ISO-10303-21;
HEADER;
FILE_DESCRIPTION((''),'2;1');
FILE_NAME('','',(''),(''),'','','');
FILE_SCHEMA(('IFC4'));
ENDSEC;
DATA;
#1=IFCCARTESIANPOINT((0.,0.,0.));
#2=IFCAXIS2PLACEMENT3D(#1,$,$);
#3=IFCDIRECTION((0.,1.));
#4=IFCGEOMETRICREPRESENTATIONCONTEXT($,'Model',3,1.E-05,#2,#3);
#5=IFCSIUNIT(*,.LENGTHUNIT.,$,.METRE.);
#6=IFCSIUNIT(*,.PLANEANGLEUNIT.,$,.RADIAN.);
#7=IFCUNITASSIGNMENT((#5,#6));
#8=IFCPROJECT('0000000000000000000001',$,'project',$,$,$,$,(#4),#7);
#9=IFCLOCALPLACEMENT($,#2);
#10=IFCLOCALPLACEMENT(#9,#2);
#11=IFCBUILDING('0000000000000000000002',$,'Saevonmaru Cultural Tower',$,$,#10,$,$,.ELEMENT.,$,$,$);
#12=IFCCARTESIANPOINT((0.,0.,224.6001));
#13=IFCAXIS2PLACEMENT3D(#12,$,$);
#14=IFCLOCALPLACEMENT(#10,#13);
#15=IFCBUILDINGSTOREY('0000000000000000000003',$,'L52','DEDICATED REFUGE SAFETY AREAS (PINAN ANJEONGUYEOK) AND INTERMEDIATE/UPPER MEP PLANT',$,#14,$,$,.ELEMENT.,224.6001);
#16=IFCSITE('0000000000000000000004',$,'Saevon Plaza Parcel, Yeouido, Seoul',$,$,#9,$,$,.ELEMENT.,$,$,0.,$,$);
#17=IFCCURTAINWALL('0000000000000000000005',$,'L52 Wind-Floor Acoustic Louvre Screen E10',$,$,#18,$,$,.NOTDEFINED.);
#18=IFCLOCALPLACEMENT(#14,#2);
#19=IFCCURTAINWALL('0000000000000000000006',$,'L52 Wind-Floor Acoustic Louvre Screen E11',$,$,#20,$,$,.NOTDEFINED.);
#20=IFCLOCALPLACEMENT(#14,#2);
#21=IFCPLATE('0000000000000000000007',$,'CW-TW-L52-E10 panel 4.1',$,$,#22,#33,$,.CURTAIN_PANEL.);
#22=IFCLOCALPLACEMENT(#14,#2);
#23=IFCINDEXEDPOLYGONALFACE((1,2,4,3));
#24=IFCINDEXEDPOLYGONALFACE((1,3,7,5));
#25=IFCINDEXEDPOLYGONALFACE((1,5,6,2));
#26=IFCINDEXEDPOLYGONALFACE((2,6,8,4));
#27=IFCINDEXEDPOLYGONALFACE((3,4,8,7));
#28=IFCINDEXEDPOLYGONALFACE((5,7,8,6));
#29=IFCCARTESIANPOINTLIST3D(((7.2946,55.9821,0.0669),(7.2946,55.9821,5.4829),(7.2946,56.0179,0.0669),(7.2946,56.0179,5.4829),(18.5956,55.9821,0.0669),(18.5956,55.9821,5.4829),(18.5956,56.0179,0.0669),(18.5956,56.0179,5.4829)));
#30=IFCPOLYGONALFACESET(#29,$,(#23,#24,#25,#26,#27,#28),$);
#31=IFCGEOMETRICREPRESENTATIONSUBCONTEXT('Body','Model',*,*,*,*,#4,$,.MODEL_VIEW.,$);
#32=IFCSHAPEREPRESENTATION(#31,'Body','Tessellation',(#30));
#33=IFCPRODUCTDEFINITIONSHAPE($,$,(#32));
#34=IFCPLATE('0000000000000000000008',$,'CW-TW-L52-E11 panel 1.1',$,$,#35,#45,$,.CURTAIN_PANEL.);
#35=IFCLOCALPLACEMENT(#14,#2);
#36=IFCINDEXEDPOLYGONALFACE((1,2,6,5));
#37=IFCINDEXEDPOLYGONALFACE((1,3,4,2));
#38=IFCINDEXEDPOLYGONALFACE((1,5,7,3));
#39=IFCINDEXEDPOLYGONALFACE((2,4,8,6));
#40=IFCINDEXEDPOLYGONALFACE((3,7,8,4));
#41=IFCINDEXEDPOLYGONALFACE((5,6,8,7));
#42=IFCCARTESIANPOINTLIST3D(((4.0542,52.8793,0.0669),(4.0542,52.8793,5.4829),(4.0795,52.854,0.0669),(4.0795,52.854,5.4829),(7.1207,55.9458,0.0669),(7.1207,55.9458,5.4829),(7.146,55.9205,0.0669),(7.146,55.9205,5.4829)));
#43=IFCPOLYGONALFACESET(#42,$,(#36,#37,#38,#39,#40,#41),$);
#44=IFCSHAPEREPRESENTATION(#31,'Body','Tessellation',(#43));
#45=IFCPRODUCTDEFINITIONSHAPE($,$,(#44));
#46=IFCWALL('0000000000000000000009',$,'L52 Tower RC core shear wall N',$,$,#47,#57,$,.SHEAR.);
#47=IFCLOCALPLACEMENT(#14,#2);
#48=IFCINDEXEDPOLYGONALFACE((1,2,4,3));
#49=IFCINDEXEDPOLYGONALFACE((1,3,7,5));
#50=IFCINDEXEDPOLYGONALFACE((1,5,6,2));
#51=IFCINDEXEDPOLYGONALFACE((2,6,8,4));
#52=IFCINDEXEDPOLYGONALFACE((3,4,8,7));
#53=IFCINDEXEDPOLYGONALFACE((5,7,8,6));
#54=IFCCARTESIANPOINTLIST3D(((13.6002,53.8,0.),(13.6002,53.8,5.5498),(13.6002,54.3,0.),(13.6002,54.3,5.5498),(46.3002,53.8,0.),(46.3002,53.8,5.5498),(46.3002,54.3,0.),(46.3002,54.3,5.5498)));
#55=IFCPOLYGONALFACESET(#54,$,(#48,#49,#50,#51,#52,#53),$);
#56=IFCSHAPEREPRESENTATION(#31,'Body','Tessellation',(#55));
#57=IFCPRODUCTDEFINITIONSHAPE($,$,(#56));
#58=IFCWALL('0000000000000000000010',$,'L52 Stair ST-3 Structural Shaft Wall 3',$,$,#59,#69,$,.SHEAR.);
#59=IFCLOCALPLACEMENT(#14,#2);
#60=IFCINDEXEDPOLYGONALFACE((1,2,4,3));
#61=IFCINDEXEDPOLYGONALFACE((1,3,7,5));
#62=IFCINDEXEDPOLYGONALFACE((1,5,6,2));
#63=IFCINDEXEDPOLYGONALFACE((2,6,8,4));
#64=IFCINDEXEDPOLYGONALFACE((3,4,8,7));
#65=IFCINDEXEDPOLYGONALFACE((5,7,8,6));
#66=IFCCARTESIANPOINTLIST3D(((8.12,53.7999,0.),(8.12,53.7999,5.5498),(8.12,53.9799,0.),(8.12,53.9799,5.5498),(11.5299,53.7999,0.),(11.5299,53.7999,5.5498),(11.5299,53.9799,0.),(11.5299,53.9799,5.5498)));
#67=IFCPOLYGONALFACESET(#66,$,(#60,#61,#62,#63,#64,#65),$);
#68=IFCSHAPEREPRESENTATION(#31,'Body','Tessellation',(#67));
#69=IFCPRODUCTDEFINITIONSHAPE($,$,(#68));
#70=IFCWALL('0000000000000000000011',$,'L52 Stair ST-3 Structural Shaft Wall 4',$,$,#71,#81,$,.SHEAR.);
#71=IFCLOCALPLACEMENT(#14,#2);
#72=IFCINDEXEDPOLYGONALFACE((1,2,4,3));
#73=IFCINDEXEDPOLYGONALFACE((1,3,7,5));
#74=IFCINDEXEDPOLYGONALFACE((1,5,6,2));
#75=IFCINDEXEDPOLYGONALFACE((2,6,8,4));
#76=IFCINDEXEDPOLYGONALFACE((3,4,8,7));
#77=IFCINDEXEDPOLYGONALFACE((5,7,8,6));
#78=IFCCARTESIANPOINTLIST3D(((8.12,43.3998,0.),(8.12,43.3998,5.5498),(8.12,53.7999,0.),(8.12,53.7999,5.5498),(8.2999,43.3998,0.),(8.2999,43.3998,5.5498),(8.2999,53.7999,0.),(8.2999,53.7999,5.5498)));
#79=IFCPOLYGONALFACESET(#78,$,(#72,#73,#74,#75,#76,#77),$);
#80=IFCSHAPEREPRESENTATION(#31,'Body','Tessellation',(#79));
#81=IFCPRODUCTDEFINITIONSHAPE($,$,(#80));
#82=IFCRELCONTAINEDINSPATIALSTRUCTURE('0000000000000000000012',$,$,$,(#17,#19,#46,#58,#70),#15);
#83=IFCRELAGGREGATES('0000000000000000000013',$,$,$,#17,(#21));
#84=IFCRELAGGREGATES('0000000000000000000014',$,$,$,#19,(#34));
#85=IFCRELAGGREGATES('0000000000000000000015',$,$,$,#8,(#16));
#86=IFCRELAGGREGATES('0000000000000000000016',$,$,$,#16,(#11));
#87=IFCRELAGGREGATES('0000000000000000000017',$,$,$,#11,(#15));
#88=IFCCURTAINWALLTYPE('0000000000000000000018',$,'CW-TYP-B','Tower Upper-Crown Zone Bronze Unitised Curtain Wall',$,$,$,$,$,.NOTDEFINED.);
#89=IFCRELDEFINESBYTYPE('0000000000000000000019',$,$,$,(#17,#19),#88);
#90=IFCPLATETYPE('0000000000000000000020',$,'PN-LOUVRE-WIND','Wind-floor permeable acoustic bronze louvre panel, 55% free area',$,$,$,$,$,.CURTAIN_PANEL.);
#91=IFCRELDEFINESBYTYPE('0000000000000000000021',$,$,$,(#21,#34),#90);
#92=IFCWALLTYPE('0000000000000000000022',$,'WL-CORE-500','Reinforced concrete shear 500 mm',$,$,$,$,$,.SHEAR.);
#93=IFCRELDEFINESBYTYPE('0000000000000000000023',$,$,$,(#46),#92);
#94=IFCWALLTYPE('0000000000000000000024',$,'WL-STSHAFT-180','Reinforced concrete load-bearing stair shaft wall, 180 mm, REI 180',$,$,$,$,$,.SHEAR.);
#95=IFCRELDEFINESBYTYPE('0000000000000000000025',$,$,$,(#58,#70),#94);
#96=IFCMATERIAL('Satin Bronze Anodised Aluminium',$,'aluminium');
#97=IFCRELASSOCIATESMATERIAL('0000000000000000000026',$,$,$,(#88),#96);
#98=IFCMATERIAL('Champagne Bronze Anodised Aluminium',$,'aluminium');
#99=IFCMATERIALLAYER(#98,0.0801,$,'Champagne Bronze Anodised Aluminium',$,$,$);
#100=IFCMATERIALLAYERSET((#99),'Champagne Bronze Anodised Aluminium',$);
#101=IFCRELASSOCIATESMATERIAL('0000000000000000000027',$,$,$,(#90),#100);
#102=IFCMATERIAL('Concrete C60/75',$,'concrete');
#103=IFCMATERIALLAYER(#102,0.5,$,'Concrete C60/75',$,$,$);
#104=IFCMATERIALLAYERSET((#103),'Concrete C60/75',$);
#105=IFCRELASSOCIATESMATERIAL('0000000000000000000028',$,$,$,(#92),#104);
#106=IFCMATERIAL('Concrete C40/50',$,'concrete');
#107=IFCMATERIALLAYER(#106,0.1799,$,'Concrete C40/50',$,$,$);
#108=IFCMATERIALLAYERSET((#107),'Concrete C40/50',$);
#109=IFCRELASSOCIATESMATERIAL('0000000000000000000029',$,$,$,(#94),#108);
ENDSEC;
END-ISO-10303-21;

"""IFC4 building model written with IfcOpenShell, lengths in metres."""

from ifc_helpers import new_model, si_unit, direction, frame, frame_2d, origin, origin_2d, place, context, subcontext, project, spatial, rectangle, extrude, material, layer, layer_set, type_object, element, aggregate, save


model = new_model("IFC4")

# Units and contexts
model_context = context("Model", 3, precision=1e-05, world=origin(), true_north=direction((0.0, 1.0)))
body_context = subcontext(model_context, "Body", "Model", "MODEL_VIEW")
ifc_project = project(units=[si_unit("LENGTHUNIT", "METRE"), si_unit("PLANEANGLEUNIT", "RADIAN")], contexts=[model_context])

# Site, building, storey
site_placement = place(None, origin())
site = spatial("IfcSite", under=ifc_project, at=site_placement, Name="Saevon Plaza Parcel, Yeouido, Seoul", CompositionType="ELEMENT", RefElevation=0.0)
building_placement = place(site_placement, origin())
building = spatial("IfcBuilding", under=site, at=building_placement, Name="Saevonmaru Cultural Tower", CompositionType="ELEMENT")
storey_placement = place(building_placement, frame((0.0, 0.0, 224.6001)))
storey = spatial("IfcBuildingStorey", under=building, at=storey_placement, Name="L52", Description="DEDICATED REFUGE SAFETY AREAS (PINAN ANJEONGUYEOK) AND INTERMEDIATE/UPPER MEP PLANT", CompositionType="ELEMENT", Elevation=224.6001)

# Curtain wall
ifc_material_1 = material(Name="Satin Bronze Anodised Aluminium", Category="aluminium")
curtain_wall_type = type_object("IfcCurtainWallType", Name="CW-TYP-B", Description="Tower Upper-Crown Zone Bronze Unitised Curtain Wall", PredefinedType="NOTDEFINED", material=ifc_material_1)
curtain_wall_1_placement = place(storey_placement, origin())
curtain_wall_1 = element("IfcCurtainWall", 1, at=curtain_wall_1_placement, inside=storey, type_object=curtain_wall_type, Name="L52 Wind-Floor Acoustic Louvre Screen E10", PredefinedType="NOTDEFINED")

# Curtain wall
curtain_wall_2_placement = place(storey_placement, origin())
curtain_wall_2 = element("IfcCurtainWall", 2, at=curtain_wall_2_placement, inside=storey, type_object=curtain_wall_type, Name="L52 Wind-Floor Acoustic Louvre Screen E11", PredefinedType="NOTDEFINED")

# Plates
ifc_material_2 = material(Name="Champagne Bronze Anodised Aluminium", Category="aluminium")
ifc_layer_1 = layer(ifc_material_2, 0.0801, Name="Champagne Bronze Anodised Aluminium")
ifc_layer_set_1 = layer_set([ifc_layer_1], Name="Champagne Bronze Anodised Aluminium")
plate_type_1 = type_object("IfcPlateType", Name="PN-LOUVRE-WIND", Description="Wind-floor permeable acoustic bronze louvre panel, 55% free area", PredefinedType="CURTAIN_PANEL", material=ifc_layer_set_1)
plate_1_placement = place(storey_placement, frame((12.9451, 56.0, 0.0669), z_axis=(0.0, 0.0, 1.0), x_axis=(-1.0, 0.0, 0.0)))
plate_1 = element("IfcPlate", 3, at=plate_1_placement, type_object=plate_type_1, Name="CW-TW-L52-E10 panel 4.1", PredefinedType="CURTAIN_PANEL", context=body_context, shape_type="SweptSolid", body=[
    extrude(rectangle(XDim=11.301, YDim=0.0359, at=origin_2d()), origin(), (0.0, 0.0, 1.0), 5.416),
])
aggregate(curtain_wall_1, [plate_1])
plate_2_placement = place(storey_placement, frame((5.6001, 54.3999, 0.0669), z_axis=(0.0, 0.0, 1.0), x_axis=(-0.707107, -0.707107, 0.0)))
plate_2 = element("IfcPlate", 4, at=plate_2_placement, type_object=plate_type_1, Name="CW-TW-L52-E11 panel 1.1", PredefinedType="CURTAIN_PANEL", context=body_context, shape_type="SweptSolid", body=[
    extrude(rectangle(XDim=4.3367, YDim=0.0359, at=origin_2d()), origin(), (0.0, 0.0, 1.0), 5.416),
])
aggregate(curtain_wall_2, [plate_2])

# Walls
ifc_material_3 = material(Name="Concrete C60/75", Category="concrete")
ifc_layer_2 = layer(ifc_material_3, 0.5, Name="Concrete C60/75")
ifc_layer_set_2 = layer_set([ifc_layer_2], Name="Concrete C60/75")
wall_type_1 = type_object("IfcWallType", Name="WL-CORE-500", Description="Reinforced concrete shear 500 mm", PredefinedType="SHEAR", material=ifc_layer_set_2)
wall_1_placement = place(storey_placement, frame((13.6001, 54.05, 0.0), z_axis=(0.0, 0.0, 1.0), x_axis=(1.0, 0.0, 0.0)))
element("IfcWall", 5, at=wall_1_placement, inside=storey, type_object=wall_type_1, Name="L52 Tower RC core shear wall N", PredefinedType="SHEAR", context=body_context, shape_type="SweptSolid", body=[
    extrude(rectangle(XDim=32.7, YDim=0.5, at=frame_2d((16.3501, 0.0))), origin(), (0.0, 0.0, 1.0), 5.5498),
])
ifc_material_4 = material(Name="Concrete C40/50", Category="concrete")
ifc_layer_3 = layer(ifc_material_4, 0.1799, Name="Concrete C40/50")
ifc_layer_set_3 = layer_set([ifc_layer_3], Name="Concrete C40/50")
wall_type_2 = type_object("IfcWallType", Name="WL-STSHAFT-180", Description="Reinforced concrete load-bearing stair shaft wall, 180 mm, REI 180", PredefinedType="SHEAR", material=ifc_layer_set_3)
wall_2_placement = place(storey_placement, frame((11.53, 53.8899, 0.0), z_axis=(0.0, 0.0, 1.0), x_axis=(-1.0, 0.0, 0.0)))
element("IfcWall", 6, at=wall_2_placement, inside=storey, type_object=wall_type_2, Name="L52 Stair ST-3 Structural Shaft Wall 3", PredefinedType="SHEAR", context=body_context, shape_type="SweptSolid", body=[
    extrude(rectangle(XDim=3.4099, YDim=0.1799, at=frame_2d((1.7051, 0.0))), origin(), (0.0, 0.0, 1.0), 5.5498),
])
wall_3_placement = place(storey_placement, frame((8.21, 53.8, 0.0), z_axis=(0.0, 0.0, 1.0), x_axis=(0.0, -1.0, 0.0)))
element("IfcWall", 7, at=wall_3_placement, inside=storey, type_object=wall_type_2, Name="L52 Stair ST-3 Structural Shaft Wall 4", PredefinedType="SHEAR", context=body_context, shape_type="SweptSolid", body=[
    extrude(rectangle(XDim=10.4001, YDim=0.1799, at=frame_2d((5.2002, 0.0))), origin(), (0.0, 0.0, 1.0), 5.5498),
])

save(model, "model.ifc")
